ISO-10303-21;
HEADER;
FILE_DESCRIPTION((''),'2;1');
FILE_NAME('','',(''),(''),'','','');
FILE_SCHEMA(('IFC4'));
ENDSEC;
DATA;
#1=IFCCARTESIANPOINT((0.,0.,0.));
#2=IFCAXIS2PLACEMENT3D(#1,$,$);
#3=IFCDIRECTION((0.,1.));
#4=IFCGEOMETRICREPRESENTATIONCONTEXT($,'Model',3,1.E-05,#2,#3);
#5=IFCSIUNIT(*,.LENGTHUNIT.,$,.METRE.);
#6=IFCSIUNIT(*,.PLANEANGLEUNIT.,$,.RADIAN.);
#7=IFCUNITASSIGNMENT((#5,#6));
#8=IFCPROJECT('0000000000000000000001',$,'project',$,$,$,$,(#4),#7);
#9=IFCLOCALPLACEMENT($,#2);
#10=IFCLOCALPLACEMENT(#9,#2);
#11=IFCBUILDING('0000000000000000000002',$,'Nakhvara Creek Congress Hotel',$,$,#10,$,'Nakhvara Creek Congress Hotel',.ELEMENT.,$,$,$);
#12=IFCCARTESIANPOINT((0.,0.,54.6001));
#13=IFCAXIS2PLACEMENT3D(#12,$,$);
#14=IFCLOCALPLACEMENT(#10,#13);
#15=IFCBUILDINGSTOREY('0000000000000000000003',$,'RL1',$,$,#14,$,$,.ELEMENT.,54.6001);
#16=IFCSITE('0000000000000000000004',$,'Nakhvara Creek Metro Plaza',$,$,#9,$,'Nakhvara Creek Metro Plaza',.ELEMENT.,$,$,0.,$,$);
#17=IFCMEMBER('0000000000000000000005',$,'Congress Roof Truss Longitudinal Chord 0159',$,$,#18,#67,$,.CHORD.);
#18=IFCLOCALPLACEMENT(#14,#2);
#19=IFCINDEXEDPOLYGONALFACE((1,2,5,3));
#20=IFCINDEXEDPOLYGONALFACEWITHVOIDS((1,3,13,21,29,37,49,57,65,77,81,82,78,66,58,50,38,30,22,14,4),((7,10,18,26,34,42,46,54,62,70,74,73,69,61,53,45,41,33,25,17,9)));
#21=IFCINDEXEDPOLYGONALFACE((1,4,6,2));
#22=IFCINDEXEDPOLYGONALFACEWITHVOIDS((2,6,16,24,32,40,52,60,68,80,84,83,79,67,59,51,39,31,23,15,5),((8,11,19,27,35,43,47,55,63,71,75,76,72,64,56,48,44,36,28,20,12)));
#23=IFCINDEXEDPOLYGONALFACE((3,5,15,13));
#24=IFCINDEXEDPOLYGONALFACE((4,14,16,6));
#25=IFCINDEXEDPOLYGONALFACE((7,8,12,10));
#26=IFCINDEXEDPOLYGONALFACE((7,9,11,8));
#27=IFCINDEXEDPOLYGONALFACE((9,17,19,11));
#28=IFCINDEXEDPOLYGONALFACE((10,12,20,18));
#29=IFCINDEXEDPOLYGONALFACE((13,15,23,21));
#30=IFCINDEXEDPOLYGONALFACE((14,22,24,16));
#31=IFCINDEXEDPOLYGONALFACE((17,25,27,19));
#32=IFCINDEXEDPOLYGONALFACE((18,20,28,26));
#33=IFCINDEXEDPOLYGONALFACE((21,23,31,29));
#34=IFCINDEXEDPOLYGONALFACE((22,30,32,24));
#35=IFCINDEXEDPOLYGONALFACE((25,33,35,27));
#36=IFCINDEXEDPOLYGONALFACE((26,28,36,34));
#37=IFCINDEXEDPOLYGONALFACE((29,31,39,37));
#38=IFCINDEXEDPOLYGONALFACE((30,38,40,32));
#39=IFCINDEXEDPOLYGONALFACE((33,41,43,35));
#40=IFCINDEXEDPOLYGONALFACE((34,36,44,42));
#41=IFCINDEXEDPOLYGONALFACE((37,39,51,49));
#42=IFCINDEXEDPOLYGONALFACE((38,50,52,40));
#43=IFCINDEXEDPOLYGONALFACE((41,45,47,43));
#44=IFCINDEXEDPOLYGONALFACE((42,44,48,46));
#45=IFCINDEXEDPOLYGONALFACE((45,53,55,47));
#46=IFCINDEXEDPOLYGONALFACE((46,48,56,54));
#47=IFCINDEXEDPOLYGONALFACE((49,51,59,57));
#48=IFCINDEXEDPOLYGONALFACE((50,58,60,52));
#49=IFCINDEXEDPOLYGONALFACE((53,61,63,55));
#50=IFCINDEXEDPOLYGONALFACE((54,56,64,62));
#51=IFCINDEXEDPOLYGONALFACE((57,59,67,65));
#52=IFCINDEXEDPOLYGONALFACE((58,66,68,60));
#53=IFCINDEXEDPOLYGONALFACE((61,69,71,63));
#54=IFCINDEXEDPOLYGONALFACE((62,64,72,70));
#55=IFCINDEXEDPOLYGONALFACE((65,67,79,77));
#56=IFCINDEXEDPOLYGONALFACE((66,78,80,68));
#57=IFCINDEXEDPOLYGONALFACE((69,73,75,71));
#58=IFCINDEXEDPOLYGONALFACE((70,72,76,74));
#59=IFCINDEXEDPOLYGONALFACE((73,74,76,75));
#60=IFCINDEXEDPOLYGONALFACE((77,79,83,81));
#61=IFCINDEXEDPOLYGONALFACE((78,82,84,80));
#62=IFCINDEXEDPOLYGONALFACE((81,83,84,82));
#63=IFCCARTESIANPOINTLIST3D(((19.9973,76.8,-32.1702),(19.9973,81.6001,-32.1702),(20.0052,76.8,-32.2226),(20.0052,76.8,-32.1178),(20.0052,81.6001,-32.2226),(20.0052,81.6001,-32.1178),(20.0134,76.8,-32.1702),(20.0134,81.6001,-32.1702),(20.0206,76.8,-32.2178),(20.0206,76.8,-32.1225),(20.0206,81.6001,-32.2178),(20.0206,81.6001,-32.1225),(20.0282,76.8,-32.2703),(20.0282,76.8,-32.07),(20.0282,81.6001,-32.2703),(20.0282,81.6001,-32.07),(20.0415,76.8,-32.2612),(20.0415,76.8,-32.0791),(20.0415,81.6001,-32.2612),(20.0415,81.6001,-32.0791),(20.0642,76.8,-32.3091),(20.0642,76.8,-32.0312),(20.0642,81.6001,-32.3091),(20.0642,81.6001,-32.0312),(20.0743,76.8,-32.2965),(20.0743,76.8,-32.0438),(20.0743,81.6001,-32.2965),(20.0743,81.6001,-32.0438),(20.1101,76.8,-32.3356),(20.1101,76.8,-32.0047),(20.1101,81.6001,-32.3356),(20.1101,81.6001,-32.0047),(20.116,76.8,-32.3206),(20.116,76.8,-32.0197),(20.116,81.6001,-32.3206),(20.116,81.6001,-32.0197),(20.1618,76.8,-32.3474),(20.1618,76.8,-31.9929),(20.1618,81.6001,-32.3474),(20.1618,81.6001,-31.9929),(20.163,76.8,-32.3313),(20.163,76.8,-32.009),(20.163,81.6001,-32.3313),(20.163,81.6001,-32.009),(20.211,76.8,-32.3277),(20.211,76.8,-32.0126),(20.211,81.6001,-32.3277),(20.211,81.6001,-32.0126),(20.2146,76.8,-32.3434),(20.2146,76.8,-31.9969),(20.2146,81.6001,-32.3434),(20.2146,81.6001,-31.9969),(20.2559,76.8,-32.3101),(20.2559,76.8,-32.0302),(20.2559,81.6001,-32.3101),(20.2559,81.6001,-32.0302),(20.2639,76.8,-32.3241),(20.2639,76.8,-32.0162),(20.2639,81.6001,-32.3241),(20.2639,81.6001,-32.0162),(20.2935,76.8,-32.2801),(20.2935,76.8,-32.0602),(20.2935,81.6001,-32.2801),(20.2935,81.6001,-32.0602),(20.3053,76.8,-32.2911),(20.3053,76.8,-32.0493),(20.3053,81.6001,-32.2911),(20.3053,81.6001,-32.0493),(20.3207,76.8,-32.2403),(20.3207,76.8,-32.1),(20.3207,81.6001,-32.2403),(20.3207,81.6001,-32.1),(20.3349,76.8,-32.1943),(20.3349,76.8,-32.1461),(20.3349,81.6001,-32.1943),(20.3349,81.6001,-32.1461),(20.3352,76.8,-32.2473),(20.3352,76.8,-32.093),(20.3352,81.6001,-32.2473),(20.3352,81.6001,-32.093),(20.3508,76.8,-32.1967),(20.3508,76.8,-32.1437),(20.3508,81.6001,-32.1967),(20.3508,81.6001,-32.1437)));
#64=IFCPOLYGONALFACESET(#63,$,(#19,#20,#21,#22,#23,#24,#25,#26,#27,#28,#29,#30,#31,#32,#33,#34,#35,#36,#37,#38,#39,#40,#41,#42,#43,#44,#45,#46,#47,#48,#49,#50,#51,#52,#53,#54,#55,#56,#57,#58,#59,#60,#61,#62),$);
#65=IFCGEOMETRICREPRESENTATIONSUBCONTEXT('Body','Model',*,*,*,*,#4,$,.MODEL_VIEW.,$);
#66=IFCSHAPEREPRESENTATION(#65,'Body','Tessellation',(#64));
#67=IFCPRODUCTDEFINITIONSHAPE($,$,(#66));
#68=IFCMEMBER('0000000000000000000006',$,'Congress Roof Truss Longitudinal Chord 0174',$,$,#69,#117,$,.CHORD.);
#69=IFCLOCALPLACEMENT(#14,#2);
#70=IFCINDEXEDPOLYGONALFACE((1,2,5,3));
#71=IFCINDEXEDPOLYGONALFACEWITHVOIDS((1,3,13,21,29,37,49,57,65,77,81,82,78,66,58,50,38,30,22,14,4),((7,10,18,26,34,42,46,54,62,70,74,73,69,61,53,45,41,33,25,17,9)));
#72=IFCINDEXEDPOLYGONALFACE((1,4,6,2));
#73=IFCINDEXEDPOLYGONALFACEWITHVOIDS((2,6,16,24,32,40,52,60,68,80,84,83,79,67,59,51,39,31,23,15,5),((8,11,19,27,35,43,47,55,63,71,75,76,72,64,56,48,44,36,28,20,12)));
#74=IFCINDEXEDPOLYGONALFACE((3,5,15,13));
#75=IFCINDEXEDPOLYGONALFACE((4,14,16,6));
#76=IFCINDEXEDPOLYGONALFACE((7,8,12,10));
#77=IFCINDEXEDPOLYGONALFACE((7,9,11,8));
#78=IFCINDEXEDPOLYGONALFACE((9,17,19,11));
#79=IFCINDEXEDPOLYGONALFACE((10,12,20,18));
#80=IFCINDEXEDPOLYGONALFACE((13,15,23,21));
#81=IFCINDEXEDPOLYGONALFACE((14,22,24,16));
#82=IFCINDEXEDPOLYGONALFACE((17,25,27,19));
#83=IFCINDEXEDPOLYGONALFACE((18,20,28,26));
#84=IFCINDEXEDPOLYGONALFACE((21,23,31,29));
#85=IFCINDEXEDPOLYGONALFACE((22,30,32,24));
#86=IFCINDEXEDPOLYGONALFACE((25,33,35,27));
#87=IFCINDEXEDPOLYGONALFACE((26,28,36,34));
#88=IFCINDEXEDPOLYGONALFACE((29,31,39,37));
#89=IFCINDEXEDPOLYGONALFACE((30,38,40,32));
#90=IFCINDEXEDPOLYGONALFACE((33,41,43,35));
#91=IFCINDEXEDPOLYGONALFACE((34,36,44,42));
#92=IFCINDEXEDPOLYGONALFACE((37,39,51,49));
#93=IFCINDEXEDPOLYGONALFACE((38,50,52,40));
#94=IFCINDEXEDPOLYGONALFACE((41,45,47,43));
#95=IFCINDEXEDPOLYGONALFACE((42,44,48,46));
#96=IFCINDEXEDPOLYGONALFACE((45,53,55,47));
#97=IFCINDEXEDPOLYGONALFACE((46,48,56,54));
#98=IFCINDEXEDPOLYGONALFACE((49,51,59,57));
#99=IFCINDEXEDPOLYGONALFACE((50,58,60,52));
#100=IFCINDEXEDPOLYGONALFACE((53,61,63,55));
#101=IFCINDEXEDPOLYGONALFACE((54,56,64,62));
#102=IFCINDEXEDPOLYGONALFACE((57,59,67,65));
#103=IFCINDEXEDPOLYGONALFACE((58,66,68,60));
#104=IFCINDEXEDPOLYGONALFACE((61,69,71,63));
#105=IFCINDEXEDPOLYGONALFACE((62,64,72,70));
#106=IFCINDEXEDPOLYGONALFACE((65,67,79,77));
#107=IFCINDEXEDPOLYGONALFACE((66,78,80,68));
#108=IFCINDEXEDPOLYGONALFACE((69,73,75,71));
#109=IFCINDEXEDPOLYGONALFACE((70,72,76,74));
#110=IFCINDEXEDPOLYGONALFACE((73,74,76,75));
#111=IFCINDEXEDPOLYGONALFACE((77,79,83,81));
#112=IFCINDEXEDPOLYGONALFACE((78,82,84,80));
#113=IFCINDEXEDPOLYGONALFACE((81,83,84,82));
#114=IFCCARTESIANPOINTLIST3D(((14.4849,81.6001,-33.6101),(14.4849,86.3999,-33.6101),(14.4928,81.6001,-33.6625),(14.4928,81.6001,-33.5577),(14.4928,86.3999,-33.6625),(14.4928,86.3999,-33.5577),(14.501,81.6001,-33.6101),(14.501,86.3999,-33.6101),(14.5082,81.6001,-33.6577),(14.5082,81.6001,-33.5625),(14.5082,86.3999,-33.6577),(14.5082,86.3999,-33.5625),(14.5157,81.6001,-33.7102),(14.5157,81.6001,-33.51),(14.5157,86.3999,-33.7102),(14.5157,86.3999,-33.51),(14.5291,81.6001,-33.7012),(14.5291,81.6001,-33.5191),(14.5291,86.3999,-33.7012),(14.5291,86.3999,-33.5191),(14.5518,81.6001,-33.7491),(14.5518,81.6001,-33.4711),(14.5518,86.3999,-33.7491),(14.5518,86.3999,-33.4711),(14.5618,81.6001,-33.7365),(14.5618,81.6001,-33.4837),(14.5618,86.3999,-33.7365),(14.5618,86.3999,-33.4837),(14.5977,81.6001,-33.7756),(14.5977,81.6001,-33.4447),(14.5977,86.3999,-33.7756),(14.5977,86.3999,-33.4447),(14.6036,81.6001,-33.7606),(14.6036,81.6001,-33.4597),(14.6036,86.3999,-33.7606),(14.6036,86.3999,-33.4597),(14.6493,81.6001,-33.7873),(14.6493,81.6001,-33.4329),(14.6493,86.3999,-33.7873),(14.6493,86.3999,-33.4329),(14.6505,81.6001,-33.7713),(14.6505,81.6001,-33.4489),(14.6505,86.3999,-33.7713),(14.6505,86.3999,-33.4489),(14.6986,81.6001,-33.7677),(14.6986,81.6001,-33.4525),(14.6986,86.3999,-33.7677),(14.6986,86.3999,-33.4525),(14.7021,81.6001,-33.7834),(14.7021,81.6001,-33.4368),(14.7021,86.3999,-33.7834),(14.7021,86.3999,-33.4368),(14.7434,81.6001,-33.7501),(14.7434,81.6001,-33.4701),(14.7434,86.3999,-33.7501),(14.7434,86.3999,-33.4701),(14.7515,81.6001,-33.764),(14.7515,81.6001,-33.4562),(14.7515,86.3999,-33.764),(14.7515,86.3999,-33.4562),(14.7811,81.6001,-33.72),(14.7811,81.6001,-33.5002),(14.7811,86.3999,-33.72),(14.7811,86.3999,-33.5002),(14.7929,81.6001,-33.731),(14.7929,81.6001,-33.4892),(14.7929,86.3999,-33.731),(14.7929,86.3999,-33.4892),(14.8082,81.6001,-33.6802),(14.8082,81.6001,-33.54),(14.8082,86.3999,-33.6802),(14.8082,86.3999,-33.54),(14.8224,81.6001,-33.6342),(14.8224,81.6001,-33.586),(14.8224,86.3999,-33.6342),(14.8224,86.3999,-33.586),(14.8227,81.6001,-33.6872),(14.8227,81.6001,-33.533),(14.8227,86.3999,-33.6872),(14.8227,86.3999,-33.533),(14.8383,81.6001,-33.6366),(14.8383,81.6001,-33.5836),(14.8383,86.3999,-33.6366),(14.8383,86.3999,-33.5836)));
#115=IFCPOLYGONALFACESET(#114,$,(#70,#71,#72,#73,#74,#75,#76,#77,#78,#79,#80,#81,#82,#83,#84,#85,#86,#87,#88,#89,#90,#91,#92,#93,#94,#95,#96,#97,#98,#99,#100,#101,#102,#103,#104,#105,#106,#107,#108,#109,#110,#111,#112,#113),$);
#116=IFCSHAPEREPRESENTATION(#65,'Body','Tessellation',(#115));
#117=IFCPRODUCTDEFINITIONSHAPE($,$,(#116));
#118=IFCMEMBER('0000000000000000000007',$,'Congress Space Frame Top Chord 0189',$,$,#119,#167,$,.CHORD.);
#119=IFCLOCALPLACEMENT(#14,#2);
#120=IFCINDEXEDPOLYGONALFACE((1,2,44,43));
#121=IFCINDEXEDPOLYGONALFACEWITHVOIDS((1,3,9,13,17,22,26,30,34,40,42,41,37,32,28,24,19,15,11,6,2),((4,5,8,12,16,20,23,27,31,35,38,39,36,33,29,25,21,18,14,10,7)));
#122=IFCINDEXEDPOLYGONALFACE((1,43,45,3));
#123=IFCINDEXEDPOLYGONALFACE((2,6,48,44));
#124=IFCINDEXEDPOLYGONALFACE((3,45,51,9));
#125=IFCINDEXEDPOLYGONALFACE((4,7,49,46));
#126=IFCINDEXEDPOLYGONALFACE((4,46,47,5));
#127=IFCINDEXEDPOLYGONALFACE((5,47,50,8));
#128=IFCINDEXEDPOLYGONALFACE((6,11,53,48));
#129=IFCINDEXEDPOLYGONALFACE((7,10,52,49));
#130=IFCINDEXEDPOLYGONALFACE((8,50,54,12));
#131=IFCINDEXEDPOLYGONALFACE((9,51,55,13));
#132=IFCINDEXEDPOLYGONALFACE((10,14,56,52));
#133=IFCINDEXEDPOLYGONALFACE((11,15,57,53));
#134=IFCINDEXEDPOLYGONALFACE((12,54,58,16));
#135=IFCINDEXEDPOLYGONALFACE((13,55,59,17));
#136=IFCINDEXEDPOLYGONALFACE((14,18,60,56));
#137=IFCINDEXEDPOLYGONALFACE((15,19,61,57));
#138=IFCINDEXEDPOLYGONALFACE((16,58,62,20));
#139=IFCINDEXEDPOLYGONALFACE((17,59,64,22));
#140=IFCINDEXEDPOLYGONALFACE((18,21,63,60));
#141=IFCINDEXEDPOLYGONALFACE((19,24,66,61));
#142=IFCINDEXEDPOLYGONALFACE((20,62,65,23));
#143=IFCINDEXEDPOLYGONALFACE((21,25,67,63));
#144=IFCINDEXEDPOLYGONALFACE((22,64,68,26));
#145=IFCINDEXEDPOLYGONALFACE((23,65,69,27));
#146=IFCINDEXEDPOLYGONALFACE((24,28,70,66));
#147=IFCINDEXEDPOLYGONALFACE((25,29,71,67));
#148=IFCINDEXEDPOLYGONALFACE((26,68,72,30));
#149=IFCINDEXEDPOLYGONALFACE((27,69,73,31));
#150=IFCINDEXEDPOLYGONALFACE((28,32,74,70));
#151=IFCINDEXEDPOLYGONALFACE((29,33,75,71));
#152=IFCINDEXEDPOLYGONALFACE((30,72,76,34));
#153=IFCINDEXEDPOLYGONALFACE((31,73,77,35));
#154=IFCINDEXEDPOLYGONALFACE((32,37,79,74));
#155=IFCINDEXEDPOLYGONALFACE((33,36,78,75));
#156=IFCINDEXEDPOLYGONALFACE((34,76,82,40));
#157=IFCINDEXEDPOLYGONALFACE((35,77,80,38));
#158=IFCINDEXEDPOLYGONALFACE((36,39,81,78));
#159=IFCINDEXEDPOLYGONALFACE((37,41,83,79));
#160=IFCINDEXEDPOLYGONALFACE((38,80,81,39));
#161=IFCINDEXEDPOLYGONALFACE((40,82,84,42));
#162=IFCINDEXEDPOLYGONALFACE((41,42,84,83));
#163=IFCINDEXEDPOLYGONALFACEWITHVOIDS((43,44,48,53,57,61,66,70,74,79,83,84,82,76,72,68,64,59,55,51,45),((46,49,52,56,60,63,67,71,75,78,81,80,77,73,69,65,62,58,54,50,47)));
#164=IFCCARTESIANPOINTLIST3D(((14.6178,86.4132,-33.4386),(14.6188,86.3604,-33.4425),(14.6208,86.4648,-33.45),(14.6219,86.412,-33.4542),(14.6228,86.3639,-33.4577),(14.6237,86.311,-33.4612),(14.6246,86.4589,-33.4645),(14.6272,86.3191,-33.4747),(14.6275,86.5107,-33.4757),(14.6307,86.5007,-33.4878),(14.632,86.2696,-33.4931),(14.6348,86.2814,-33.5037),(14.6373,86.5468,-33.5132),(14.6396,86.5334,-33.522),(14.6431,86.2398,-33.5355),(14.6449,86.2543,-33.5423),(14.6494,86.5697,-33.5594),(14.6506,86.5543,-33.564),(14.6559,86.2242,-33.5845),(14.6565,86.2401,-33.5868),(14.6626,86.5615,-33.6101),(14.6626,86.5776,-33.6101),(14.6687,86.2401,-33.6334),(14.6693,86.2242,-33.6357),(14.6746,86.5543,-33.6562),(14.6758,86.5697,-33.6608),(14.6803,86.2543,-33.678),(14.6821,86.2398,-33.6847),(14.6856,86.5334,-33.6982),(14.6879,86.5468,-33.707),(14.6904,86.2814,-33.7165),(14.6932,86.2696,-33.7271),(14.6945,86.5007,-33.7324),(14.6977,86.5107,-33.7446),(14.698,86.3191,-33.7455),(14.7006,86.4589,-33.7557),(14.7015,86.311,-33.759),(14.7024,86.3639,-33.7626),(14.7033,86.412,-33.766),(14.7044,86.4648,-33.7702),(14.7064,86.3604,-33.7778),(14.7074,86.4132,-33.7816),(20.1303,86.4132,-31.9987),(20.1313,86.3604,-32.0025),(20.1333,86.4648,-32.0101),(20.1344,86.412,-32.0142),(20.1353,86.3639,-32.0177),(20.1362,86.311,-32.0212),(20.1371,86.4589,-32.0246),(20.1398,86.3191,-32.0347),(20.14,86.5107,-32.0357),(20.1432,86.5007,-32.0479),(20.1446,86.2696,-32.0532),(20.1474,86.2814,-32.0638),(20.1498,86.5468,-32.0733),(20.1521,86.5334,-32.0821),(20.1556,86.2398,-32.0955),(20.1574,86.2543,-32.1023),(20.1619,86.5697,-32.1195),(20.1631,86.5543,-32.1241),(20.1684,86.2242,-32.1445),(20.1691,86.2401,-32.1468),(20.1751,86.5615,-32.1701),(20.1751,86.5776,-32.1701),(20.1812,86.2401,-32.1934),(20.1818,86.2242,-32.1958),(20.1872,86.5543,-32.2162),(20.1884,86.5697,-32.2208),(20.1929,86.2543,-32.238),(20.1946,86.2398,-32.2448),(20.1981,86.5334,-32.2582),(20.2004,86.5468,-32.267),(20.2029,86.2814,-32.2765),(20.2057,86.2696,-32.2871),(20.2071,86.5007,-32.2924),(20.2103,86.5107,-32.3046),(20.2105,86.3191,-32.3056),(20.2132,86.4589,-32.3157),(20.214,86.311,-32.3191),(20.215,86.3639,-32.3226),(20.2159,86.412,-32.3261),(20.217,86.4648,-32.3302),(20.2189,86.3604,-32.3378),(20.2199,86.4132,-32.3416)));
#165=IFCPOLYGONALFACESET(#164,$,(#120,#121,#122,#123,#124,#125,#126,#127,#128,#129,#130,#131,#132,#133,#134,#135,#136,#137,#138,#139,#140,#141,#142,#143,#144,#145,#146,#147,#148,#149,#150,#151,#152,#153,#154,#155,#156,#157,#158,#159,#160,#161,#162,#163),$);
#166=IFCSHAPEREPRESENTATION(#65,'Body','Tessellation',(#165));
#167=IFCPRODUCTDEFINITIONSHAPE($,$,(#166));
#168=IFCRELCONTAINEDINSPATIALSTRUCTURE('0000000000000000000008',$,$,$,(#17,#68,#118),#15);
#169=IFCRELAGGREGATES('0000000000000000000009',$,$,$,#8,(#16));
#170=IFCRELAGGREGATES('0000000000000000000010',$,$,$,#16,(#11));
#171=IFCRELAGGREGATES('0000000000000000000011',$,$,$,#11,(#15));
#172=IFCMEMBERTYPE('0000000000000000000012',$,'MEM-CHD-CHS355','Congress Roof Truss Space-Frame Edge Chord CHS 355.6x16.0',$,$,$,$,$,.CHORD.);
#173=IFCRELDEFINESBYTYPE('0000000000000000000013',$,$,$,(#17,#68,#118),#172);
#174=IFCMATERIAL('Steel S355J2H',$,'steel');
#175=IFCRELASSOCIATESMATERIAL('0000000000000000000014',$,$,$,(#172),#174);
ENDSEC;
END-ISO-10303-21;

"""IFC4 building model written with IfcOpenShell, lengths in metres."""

from ifc_helpers import new_model, si_unit, direction, frame, origin, origin_2d, place, context, subcontext, project, spatial, hollow_circle, extrude, material, material_profile, profile_set, type_object, element, save


model = new_model("IFC4")

# Units and contexts
model_context = context("Model", 3, precision=1e-05, world=origin(), true_north=direction((0.0, 1.0)))
body_context = subcontext(model_context, "Body", "Model", "MODEL_VIEW")
ifc_project = project(units=[si_unit("LENGTHUNIT", "METRE"), si_unit("PLANEANGLEUNIT", "RADIAN")], contexts=[model_context])

# Site, building, storey
site_placement = place(None, origin())
site = spatial("IfcSite", under=ifc_project, at=site_placement, Name="Nakhvara Creek Metro Plaza", LongName="Nakhvara Creek Metro Plaza", CompositionType="ELEMENT", RefElevation=0.0)
building_placement = place(site_placement, origin())
building = spatial("IfcBuilding", under=site, at=building_placement, Name="Nakhvara Creek Congress Hotel", LongName="Nakhvara Creek Congress Hotel", CompositionType="ELEMENT")
storey_placement = place(building_placement, frame((0.0, 0.0, 54.6001)))
storey = spatial("IfcBuildingStorey", under=building, at=storey_placement, Name="RL1", CompositionType="ELEMENT", Elevation=54.6001)

# Members
ifc_material_1 = material(Name="Steel S355J2H", Category="steel")
ifc_material_profile_1 = material_profile(ifc_material_1, hollow_circle(Radius=0.1777, WallThickness=0.0161, at=origin_2d()), Name="CHS 355.6x16.0", Category="LoadBearing")
ifc_profile_set_1 = profile_set([ifc_material_profile_1], Name="Steel S355J2H")
member_type_1 = type_object("IfcMemberType", Name="MEM-CHD-CHS355", Description="Congress Roof Truss Space-Frame Edge Chord CHS 355.6x16.0", PredefinedType="CHORD", material=ifc_profile_set_1)
for number, where, z_axis, x_axis, name in (
    (1, (20.175, 76.8, -32.1702), (0.0, 1.0, 0.0), (-1.0, 0.0, 0.0), "Congress Roof Truss Longitudinal Chord 0159"),
):
    element("IfcMember", number, at=place(storey_placement, frame(where, z_axis=z_axis, x_axis=x_axis)), inside=storey, type_object=member_type_1, Name=name, PredefinedType="CHORD", context=body_context, shape_type="SweptSolid", body=[
        extrude(hollow_circle(Radius=0.1777, WallThickness=0.0161, at=origin_2d()), origin(), (0.0, 0.0, 1.0), 4.8),
    ])
member_1_placement = place(storey_placement, frame((14.6626, 81.6001, -33.6101), z_axis=(0.0, 1.0, 0.0), x_axis=(-1.0, 0.0, 0.0)))
element("IfcMember", 2, at=member_1_placement, inside=storey, type_object=member_type_1, Name="Congress Roof Truss Longitudinal Chord 0174", PredefinedType="CHORD", context=body_context, shape_type="SweptSolid", body=[
    extrude(hollow_circle(Radius=0.1777, WallThickness=0.0161, at=origin_2d()), origin(), (0.0, 0.0, 1.0), 4.7998),
])
member_2_placement = place(storey_placement, frame((14.6626, 86.3999, -33.6101), z_axis=(0.967535, 0.0, 0.252736), x_axis=(0.0, 1.0, 0.0)))
element("IfcMember", 3, at=member_2_placement, inside=storey, type_object=member_type_1, Name="Congress Space Frame Top Chord 0189", PredefinedType="CHORD", context=body_context, shape_type="SweptSolid", body=[
    extrude(hollow_circle(Radius=0.1777, WallThickness=0.0161, at=origin_2d()), origin(), (0.0, 0.0, 1.0), 5.6975),
])

save(model, "model.ifc")
